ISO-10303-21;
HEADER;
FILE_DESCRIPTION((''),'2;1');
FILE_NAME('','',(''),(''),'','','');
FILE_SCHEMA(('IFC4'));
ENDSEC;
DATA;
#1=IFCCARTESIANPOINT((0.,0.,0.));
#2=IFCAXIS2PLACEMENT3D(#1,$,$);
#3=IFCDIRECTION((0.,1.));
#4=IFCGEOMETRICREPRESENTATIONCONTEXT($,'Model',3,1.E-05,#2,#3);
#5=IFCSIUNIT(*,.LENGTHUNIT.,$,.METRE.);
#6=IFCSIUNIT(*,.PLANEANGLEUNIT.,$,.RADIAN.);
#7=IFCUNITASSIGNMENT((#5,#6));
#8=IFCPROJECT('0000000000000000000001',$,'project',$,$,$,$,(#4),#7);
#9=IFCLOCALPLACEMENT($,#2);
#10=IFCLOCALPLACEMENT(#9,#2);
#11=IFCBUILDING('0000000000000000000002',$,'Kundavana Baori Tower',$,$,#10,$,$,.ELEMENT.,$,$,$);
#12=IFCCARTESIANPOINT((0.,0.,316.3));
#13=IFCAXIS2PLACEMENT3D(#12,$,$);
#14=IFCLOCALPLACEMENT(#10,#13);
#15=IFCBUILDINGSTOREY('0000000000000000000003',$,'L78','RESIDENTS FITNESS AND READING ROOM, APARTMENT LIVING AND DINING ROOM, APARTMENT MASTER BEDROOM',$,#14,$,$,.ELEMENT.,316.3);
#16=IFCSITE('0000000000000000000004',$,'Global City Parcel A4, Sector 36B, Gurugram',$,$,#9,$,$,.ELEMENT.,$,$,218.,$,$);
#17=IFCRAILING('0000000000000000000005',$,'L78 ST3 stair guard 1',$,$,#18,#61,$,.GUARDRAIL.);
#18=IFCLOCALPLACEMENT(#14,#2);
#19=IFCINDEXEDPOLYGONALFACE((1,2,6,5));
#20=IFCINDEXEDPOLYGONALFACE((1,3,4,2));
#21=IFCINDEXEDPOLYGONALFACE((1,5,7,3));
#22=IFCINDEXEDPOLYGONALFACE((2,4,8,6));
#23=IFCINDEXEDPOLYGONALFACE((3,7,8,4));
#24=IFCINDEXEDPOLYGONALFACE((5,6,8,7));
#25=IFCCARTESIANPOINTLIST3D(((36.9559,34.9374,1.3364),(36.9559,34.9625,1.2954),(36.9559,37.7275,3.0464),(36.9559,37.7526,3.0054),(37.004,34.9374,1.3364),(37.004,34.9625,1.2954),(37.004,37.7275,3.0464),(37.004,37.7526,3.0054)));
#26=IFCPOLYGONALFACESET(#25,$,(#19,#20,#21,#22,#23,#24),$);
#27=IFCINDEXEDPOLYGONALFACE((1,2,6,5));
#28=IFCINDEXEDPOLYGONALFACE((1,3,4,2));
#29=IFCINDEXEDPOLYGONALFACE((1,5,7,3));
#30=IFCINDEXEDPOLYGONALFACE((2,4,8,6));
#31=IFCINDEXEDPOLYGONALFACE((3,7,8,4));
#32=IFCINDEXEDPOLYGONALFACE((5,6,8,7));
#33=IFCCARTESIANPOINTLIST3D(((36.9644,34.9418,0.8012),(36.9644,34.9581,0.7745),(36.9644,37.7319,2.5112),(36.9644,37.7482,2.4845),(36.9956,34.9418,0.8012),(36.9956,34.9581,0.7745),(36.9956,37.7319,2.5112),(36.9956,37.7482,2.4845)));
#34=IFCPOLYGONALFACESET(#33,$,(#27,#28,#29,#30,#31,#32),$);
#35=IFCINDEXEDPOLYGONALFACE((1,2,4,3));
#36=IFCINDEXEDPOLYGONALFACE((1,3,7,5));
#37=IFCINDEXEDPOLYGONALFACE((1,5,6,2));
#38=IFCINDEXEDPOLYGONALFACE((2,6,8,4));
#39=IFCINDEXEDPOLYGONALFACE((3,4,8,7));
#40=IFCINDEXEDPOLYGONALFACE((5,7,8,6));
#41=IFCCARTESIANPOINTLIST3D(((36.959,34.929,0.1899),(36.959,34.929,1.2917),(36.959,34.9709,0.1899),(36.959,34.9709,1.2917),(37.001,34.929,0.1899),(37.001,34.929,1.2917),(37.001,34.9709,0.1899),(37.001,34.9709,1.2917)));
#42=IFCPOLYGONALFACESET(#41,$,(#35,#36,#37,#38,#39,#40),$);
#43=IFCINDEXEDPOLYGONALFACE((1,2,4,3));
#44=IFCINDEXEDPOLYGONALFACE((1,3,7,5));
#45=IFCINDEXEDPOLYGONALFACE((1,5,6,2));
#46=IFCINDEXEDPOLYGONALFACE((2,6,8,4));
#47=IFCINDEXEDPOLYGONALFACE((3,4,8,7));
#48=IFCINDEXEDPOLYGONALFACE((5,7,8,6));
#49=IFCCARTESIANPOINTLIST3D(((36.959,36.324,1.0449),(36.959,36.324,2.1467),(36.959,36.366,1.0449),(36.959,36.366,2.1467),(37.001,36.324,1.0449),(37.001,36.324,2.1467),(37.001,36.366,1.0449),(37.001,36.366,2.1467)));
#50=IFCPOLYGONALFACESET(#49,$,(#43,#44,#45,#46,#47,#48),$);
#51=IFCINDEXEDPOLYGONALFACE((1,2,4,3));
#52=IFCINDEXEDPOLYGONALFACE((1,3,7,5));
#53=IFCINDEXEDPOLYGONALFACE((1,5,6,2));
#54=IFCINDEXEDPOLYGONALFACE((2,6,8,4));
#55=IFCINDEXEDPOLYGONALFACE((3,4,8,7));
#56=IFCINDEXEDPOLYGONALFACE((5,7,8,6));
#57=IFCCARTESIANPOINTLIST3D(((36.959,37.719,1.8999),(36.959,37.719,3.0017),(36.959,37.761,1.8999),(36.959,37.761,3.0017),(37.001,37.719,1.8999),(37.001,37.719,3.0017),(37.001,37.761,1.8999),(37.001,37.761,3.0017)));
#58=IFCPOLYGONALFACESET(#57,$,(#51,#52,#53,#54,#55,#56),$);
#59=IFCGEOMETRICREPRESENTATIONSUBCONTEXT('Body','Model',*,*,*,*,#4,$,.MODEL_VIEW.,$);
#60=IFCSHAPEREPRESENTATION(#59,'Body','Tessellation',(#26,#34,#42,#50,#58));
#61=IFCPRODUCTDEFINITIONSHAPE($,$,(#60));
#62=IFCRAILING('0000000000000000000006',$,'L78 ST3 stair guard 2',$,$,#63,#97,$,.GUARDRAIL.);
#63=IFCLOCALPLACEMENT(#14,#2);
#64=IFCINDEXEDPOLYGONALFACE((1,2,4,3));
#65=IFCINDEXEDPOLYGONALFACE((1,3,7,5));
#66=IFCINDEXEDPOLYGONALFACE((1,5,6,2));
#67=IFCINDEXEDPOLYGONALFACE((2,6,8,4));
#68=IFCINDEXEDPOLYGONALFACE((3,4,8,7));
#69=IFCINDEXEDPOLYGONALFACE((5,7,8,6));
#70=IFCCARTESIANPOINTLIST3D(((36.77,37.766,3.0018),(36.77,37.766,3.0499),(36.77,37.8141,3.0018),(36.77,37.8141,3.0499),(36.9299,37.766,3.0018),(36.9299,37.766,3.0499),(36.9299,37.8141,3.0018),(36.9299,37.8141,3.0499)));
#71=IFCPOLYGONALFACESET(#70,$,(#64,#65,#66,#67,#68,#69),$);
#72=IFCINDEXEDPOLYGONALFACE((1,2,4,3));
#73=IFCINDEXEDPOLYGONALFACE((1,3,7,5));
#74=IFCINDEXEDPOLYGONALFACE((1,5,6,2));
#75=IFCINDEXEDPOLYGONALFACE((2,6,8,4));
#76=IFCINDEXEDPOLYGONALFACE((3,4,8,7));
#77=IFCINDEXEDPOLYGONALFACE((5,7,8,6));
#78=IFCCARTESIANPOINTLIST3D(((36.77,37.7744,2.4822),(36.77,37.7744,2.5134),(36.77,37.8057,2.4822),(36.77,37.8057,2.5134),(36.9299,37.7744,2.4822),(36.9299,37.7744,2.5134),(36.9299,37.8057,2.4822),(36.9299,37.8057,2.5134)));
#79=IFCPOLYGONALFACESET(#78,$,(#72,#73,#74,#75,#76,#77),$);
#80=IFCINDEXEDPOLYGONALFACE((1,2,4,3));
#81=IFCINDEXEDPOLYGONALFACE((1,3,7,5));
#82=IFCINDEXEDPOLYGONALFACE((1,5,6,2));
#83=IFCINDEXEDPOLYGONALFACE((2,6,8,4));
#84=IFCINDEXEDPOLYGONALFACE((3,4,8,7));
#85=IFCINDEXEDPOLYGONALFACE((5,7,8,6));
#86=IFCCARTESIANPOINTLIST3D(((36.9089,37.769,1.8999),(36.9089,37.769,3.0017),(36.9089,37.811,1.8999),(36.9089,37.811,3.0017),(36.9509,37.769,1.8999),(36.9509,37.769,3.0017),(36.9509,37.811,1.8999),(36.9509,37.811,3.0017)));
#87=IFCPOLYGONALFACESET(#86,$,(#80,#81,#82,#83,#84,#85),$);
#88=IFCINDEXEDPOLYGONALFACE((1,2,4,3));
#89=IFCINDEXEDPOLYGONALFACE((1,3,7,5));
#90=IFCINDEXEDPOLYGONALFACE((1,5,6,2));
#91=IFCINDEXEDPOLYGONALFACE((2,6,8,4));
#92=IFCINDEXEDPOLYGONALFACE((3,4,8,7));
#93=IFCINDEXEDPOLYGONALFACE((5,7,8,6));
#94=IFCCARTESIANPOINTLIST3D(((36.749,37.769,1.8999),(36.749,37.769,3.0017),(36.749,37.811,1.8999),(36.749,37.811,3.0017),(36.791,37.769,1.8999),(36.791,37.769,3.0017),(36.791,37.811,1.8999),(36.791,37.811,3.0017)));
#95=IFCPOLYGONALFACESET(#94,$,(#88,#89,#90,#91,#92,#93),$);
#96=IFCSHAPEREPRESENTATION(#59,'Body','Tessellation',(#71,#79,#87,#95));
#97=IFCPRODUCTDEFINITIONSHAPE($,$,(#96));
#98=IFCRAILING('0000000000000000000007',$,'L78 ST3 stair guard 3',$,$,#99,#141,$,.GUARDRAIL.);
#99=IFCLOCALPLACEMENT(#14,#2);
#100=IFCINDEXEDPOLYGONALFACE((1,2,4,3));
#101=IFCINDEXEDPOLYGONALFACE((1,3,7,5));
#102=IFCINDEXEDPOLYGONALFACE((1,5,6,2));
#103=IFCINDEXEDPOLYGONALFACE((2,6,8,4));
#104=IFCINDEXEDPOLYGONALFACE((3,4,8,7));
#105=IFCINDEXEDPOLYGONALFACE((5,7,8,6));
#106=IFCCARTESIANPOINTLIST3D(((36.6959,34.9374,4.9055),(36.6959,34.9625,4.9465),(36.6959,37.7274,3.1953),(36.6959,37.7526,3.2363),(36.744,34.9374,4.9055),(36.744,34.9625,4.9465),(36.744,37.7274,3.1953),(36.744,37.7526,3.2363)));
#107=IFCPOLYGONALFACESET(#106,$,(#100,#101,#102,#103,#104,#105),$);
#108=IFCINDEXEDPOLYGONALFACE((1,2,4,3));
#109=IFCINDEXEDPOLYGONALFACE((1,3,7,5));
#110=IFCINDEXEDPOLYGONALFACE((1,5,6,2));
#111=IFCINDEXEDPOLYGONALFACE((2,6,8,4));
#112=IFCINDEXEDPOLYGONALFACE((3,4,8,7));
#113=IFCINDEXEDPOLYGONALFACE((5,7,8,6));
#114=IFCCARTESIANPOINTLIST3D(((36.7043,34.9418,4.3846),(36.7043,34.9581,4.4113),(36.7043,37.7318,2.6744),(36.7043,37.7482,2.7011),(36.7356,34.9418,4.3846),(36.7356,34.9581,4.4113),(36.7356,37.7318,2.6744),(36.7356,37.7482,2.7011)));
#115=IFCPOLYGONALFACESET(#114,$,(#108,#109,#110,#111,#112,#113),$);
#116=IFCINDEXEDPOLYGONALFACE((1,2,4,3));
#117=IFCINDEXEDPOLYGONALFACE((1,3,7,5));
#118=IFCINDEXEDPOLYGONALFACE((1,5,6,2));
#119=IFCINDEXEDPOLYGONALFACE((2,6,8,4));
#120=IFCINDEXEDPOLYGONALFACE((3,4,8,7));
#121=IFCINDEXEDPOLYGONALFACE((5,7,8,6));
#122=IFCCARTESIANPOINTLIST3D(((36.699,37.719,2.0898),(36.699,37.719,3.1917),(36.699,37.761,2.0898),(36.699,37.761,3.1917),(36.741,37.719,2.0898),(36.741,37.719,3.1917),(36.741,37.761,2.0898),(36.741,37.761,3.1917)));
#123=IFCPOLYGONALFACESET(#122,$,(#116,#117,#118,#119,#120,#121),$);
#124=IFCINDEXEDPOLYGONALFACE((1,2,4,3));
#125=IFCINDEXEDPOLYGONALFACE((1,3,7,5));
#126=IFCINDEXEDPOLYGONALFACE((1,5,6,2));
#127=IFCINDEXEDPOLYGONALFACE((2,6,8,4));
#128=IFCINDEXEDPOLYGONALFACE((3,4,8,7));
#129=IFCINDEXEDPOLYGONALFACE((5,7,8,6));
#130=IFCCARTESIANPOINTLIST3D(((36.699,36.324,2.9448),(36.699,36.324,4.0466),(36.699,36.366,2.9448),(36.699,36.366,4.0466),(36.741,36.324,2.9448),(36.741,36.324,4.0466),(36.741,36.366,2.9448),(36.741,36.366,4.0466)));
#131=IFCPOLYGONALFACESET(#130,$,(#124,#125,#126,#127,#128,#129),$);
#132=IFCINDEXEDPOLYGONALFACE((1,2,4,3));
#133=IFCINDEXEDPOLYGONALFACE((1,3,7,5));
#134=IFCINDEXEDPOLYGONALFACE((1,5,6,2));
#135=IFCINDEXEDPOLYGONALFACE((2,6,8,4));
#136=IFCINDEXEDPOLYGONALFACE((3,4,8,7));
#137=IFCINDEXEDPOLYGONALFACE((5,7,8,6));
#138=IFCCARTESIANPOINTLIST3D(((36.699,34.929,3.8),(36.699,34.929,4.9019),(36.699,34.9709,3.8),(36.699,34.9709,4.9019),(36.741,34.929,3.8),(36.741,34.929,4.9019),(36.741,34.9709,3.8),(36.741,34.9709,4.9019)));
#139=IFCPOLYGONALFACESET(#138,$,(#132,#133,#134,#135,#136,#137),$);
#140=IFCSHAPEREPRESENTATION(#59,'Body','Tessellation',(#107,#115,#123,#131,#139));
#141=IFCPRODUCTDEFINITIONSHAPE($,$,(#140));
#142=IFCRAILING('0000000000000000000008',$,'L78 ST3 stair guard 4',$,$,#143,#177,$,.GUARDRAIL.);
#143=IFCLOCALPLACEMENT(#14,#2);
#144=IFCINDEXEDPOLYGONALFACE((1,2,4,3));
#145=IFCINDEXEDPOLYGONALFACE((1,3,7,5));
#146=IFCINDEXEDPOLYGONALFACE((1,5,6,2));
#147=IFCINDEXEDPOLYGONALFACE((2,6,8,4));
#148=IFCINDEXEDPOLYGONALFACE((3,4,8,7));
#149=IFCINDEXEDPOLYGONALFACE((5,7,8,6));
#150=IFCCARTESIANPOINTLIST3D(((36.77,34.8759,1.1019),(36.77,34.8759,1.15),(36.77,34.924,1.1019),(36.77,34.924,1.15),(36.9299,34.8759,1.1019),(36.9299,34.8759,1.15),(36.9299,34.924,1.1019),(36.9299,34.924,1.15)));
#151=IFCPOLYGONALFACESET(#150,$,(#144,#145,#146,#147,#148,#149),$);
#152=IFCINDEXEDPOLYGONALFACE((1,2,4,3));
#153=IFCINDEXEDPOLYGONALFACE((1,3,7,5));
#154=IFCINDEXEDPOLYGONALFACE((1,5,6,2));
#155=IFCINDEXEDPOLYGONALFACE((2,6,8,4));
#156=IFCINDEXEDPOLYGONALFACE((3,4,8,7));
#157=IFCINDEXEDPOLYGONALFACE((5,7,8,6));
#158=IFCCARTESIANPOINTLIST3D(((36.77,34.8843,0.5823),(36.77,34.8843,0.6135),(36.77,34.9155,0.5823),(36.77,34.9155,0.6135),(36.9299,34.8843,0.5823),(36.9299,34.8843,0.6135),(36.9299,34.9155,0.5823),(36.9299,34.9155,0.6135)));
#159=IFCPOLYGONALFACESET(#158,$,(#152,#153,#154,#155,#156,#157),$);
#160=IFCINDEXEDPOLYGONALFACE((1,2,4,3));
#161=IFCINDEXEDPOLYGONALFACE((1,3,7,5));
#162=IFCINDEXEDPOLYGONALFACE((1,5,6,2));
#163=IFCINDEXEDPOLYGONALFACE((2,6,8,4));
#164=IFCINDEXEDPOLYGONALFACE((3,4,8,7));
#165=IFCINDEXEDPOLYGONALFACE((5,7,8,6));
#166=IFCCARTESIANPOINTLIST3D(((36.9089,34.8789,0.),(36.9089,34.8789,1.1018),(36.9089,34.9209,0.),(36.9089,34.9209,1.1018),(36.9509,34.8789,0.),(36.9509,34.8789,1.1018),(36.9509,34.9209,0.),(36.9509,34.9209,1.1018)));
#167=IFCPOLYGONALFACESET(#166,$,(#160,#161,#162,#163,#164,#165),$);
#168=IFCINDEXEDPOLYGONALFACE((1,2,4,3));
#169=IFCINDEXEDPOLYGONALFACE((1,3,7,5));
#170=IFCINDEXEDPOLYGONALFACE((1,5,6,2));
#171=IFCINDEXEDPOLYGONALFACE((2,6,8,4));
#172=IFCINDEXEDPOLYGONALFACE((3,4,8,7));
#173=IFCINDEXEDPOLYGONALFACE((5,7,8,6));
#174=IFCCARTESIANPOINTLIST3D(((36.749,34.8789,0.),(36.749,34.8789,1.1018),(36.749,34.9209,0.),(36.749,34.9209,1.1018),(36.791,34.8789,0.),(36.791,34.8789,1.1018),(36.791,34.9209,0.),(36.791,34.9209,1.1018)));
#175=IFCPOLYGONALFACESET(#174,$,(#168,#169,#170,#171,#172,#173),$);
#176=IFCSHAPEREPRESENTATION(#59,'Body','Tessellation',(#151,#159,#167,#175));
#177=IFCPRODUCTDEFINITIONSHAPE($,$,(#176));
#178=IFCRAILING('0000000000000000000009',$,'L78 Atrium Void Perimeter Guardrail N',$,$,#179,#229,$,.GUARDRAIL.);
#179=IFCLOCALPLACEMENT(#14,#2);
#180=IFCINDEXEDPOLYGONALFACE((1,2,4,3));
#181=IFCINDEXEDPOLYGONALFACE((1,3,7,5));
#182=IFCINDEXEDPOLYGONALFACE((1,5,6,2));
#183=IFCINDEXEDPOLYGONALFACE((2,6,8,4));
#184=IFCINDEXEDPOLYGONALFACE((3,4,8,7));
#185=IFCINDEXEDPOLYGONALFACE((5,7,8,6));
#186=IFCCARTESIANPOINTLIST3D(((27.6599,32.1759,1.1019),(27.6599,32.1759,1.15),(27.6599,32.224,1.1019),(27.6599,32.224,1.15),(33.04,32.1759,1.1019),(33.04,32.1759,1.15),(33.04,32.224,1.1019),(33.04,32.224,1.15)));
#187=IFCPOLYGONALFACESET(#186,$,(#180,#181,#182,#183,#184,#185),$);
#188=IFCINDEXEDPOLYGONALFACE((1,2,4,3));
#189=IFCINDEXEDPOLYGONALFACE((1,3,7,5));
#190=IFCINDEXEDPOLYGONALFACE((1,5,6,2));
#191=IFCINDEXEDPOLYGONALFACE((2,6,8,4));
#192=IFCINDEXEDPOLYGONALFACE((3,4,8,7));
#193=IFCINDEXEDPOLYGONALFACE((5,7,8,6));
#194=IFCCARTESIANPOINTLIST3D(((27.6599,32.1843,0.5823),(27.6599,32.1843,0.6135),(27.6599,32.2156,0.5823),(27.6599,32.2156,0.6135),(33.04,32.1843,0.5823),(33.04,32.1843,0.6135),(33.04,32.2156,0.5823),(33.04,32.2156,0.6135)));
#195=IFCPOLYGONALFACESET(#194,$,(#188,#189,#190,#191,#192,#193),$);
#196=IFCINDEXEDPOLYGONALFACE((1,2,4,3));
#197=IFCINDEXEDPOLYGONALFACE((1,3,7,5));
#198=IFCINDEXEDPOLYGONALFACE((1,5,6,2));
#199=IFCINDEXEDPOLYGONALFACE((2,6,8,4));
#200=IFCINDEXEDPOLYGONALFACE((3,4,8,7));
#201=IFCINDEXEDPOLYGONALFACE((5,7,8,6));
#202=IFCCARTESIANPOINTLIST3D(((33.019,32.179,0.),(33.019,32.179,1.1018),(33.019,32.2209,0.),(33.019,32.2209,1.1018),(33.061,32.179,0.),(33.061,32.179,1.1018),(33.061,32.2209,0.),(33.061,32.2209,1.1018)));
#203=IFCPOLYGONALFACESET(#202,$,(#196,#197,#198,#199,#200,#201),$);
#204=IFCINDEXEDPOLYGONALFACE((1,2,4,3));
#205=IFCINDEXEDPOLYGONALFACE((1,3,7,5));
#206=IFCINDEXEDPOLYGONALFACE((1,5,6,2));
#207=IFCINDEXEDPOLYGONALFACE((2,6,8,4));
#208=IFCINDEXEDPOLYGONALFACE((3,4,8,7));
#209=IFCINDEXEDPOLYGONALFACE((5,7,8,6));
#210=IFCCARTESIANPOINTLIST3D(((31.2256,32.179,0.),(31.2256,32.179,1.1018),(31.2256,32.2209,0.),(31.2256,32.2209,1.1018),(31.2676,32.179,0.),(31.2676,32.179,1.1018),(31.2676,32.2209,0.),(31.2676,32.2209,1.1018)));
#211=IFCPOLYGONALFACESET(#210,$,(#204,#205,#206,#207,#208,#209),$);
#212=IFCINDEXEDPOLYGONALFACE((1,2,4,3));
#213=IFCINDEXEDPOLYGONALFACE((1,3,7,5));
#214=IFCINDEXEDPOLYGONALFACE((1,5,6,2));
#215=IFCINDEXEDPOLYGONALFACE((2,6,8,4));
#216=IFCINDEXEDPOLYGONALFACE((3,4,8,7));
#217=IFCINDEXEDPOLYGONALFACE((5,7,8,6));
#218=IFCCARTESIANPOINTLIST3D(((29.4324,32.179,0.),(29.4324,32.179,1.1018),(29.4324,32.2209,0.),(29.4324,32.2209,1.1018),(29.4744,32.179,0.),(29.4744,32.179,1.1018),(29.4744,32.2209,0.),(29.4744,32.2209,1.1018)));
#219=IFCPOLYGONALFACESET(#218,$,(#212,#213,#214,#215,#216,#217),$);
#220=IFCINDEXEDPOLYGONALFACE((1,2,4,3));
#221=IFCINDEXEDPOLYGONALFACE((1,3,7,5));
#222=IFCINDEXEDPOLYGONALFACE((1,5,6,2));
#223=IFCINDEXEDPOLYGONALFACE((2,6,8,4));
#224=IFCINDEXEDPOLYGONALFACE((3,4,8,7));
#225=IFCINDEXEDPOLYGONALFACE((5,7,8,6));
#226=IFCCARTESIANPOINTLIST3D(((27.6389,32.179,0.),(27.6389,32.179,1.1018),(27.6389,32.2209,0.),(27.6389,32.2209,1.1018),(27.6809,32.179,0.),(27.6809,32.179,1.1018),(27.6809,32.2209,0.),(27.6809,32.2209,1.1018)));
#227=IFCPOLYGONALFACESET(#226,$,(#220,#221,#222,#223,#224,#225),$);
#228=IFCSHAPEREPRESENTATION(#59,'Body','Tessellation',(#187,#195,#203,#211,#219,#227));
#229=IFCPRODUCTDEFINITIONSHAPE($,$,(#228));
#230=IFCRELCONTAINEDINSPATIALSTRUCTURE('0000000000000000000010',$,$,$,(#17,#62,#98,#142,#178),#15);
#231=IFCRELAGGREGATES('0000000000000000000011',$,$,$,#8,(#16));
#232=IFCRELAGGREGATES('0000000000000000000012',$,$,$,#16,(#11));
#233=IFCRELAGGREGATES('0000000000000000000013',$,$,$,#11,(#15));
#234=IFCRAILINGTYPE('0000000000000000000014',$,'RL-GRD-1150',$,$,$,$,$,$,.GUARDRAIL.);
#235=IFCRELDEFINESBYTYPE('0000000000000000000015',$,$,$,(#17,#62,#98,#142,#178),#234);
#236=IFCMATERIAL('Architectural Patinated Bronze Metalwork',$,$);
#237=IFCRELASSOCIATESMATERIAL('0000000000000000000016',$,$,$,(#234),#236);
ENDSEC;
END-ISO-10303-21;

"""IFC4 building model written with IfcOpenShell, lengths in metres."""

from ifc_helpers import new_model, si_unit, direction, frame, origin, origin_2d, place, context, subcontext, project, spatial, rectangle, extrude, material, type_object, element, save


model = new_model("IFC4")

# Units and contexts
model_context = context("Model", 3, precision=1e-05, world=origin(), true_north=direction((0.0, 1.0)))
body_context = subcontext(model_context, "Body", "Model", "MODEL_VIEW")
ifc_project = project(units=[si_unit("LENGTHUNIT", "METRE"), si_unit("PLANEANGLEUNIT", "RADIAN")], contexts=[model_context])

# Site, building, storey
site_placement = place(None, origin())
site = spatial("IfcSite", under=ifc_project, at=site_placement, Name="Global City Parcel A4, Sector 36B, Gurugram", CompositionType="ELEMENT", RefElevation=218.0)
building_placement = place(site_placement, origin())
building = spatial("IfcBuilding", under=site, at=building_placement, Name="Kundavana Baori Tower", CompositionType="ELEMENT")
storey_placement = place(building_placement, frame((0.0, 0.0, 316.3)))
storey = spatial("IfcBuildingStorey", under=building, at=storey_placement, Name="L78", Description="RESIDENTS FITNESS AND READING ROOM, APARTMENT LIVING AND DINING ROOM, APARTMENT MASTER BEDROOM", CompositionType="ELEMENT", Elevation=316.3)

# Railings
ifc_material_1 = material(Name="Architectural Patinated Bronze Metalwork")
railing_type_1 = type_object("IfcRailingType", Name="RL-GRD-1150", PredefinedType="GUARDRAIL", material=ifc_material_1)
railing_1_placement = place(storey_placement, frame((36.98, 34.95, 0.1899)))
element("IfcRailing", 1, at=railing_1_placement, inside=storey, type_object=railing_type_1, Name="L78 ST3 stair guard 1", PredefinedType="GUARDRAIL", context=body_context, shape_type="SweptSolid", body=[
    extrude(rectangle(XDim=0.0481, YDim=0.0481, at=origin_2d()), frame((0.0, 0.0, 1.126), z_axis=(0.0, 0.85261, 0.522548), x_axis=(-1.0, 0.0, 0.0)), (0.0, 0.0, 1.0), 3.2725),
    extrude(rectangle(XDim=0.0312, YDim=0.0312, at=origin_2d()), frame((0.0, 0.0, 0.5979), z_axis=(0.0, 0.85261, 0.522548), x_axis=(-1.0, 0.0, 0.0)), (0.0, 0.0, 1.0), 3.2725),
    extrude(rectangle(XDim=0.042, YDim=0.042, at=origin_2d()), origin(), (0.0, 0.0, 1.0), 1.1018),
    extrude(rectangle(XDim=0.042, YDim=0.042, at=origin_2d()), frame((0.0, 1.395, 0.855)), (0.0, 0.0, 1.0), 1.1018),
    extrude(rectangle(XDim=0.042, YDim=0.042, at=origin_2d()), frame((0.0, 2.79, 1.71)), (0.0, 0.0, 1.0), 1.1018),
])
railing_2_placement = place(storey_placement, frame((36.9299, 37.79, 1.8999)))
element("IfcRailing", 2, at=railing_2_placement, inside=storey, type_object=railing_type_1, Name="L78 ST3 stair guard 2", PredefinedType="GUARDRAIL", context=body_context, shape_type="SweptSolid", body=[
    extrude(rectangle(XDim=0.0481, YDim=0.0481, at=origin_2d()), frame((0.0, 0.0, 1.126), z_axis=(-1.0, 0.0, 0.0), x_axis=(0.0, -1.0, 0.0)), (0.0, 0.0, 1.0), 0.1599),
    extrude(rectangle(XDim=0.0312, YDim=0.0312, at=origin_2d()), frame((0.0, 0.0, 0.5979), z_axis=(-1.0, 0.0, 0.0), x_axis=(0.0, -1.0, 0.0)), (0.0, 0.0, 1.0), 0.1599),
    extrude(rectangle(XDim=0.042, YDim=0.042, at=origin_2d()), origin(), (0.0, 0.0, 1.0), 1.1018),
    extrude(rectangle(XDim=0.042, YDim=0.042, at=origin_2d()), frame((-0.1599, 0.0, 0.0)), (0.0, 0.0, 1.0), 1.1018),
])
railing_3_placement = place(storey_placement, frame((36.72, 37.74, 2.0898)))
element("IfcRailing", 3, at=railing_3_placement, inside=storey, type_object=railing_type_1, Name="L78 ST3 stair guard 3", PredefinedType="GUARDRAIL", context=body_context, shape_type="SweptSolid", body=[
    extrude(rectangle(XDim=0.0481, YDim=0.0481, at=origin_2d()), frame((0.0, 0.0, 1.126), z_axis=(0.0, -0.852577, 0.522602), x_axis=(1.0, 0.0, 0.0)), (0.0, 0.0, 1.0), 3.2725),
    extrude(rectangle(XDim=0.0312, YDim=0.0312, at=origin_2d()), frame((0.0, 0.0, 0.5979), z_axis=(0.0, -0.852577, 0.522602), x_axis=(1.0, 0.0, 0.0)), (0.0, 0.0, 1.0), 3.2725),
    extrude(rectangle(XDim=0.042, YDim=0.042, at=origin_2d()), origin(), (0.0, 0.0, 1.0), 1.1018),
    extrude(rectangle(XDim=0.042, YDim=0.042, at=origin_2d()), frame((0.0, -1.395, 0.855)), (0.0, 0.0, 1.0), 1.1018),
    extrude(rectangle(XDim=0.042, YDim=0.042, at=origin_2d()), frame((0.0, -2.79, 1.7102)), (0.0, 0.0, 1.0), 1.1018),
])
railing_4_placement = place(storey_placement, frame((36.9299, 34.8999, 0.0)))
element("IfcRailing", 4, at=railing_4_placement, inside=storey, type_object=railing_type_1, Name="L78 ST3 stair guard 4", PredefinedType="GUARDRAIL", context=body_context, shape_type="SweptSolid", body=[
    extrude(rectangle(XDim=0.0481, YDim=0.0481, at=origin_2d()), frame((0.0, 0.0, 1.126), z_axis=(-1.0, 0.0, 0.0), x_axis=(0.0, -1.0, 0.0)), (0.0, 0.0, 1.0), 0.1599),
    extrude(rectangle(XDim=0.0312, YDim=0.0312, at=origin_2d()), frame((0.0, 0.0, 0.5979), z_axis=(-1.0, 0.0, 0.0), x_axis=(0.0, -1.0, 0.0)), (0.0, 0.0, 1.0), 0.1599),
    extrude(rectangle(XDim=0.042, YDim=0.042, at=origin_2d()), origin(), (0.0, 0.0, 1.0), 1.1018),
    extrude(rectangle(XDim=0.042, YDim=0.042, at=origin_2d()), frame((-0.1599, 0.0, 0.0)), (0.0, 0.0, 1.0), 1.1018),
])
railing_5_placement = place(storey_placement, frame((33.04, 32.2, 0.0)))
element("IfcRailing", 5, at=railing_5_placement, inside=storey, type_object=railing_type_1, Name="L78 Atrium Void Perimeter Guardrail N", PredefinedType="GUARDRAIL", context=body_context, shape_type="SweptSolid", body=[
    extrude(rectangle(XDim=0.0481, YDim=0.0481, at=origin_2d()), frame((0.0, 0.0, 1.126), z_axis=(-1.0, 0.0, 0.0), x_axis=(0.0, -1.0, 0.0)), (0.0, 0.0, 1.0), 5.3801),
    extrude(rectangle(XDim=0.0312, YDim=0.0312, at=origin_2d()), frame((0.0, 0.0, 0.5979), z_axis=(-1.0, 0.0, 0.0), x_axis=(0.0, -1.0, 0.0)), (0.0, 0.0, 1.0), 5.3801),
    extrude(rectangle(XDim=0.042, YDim=0.042, at=origin_2d()), origin(), (0.0, 0.0, 1.0), 1.1018),
    extrude(rectangle(XDim=0.042, YDim=0.042, at=origin_2d()), frame((-1.7935, 0.0, 0.0)), (0.0, 0.0, 1.0), 1.1018),
    extrude(rectangle(XDim=0.042, YDim=0.042, at=origin_2d()), frame((-3.5867, 0.0, 0.0)), (0.0, 0.0, 1.0), 1.1018),
    extrude(rectangle(XDim=0.042, YDim=0.042, at=origin_2d()), frame((-5.3801, 0.0, 0.0)), (0.0, 0.0, 1.0), 1.1018),
])

save(model, "model.ifc")
